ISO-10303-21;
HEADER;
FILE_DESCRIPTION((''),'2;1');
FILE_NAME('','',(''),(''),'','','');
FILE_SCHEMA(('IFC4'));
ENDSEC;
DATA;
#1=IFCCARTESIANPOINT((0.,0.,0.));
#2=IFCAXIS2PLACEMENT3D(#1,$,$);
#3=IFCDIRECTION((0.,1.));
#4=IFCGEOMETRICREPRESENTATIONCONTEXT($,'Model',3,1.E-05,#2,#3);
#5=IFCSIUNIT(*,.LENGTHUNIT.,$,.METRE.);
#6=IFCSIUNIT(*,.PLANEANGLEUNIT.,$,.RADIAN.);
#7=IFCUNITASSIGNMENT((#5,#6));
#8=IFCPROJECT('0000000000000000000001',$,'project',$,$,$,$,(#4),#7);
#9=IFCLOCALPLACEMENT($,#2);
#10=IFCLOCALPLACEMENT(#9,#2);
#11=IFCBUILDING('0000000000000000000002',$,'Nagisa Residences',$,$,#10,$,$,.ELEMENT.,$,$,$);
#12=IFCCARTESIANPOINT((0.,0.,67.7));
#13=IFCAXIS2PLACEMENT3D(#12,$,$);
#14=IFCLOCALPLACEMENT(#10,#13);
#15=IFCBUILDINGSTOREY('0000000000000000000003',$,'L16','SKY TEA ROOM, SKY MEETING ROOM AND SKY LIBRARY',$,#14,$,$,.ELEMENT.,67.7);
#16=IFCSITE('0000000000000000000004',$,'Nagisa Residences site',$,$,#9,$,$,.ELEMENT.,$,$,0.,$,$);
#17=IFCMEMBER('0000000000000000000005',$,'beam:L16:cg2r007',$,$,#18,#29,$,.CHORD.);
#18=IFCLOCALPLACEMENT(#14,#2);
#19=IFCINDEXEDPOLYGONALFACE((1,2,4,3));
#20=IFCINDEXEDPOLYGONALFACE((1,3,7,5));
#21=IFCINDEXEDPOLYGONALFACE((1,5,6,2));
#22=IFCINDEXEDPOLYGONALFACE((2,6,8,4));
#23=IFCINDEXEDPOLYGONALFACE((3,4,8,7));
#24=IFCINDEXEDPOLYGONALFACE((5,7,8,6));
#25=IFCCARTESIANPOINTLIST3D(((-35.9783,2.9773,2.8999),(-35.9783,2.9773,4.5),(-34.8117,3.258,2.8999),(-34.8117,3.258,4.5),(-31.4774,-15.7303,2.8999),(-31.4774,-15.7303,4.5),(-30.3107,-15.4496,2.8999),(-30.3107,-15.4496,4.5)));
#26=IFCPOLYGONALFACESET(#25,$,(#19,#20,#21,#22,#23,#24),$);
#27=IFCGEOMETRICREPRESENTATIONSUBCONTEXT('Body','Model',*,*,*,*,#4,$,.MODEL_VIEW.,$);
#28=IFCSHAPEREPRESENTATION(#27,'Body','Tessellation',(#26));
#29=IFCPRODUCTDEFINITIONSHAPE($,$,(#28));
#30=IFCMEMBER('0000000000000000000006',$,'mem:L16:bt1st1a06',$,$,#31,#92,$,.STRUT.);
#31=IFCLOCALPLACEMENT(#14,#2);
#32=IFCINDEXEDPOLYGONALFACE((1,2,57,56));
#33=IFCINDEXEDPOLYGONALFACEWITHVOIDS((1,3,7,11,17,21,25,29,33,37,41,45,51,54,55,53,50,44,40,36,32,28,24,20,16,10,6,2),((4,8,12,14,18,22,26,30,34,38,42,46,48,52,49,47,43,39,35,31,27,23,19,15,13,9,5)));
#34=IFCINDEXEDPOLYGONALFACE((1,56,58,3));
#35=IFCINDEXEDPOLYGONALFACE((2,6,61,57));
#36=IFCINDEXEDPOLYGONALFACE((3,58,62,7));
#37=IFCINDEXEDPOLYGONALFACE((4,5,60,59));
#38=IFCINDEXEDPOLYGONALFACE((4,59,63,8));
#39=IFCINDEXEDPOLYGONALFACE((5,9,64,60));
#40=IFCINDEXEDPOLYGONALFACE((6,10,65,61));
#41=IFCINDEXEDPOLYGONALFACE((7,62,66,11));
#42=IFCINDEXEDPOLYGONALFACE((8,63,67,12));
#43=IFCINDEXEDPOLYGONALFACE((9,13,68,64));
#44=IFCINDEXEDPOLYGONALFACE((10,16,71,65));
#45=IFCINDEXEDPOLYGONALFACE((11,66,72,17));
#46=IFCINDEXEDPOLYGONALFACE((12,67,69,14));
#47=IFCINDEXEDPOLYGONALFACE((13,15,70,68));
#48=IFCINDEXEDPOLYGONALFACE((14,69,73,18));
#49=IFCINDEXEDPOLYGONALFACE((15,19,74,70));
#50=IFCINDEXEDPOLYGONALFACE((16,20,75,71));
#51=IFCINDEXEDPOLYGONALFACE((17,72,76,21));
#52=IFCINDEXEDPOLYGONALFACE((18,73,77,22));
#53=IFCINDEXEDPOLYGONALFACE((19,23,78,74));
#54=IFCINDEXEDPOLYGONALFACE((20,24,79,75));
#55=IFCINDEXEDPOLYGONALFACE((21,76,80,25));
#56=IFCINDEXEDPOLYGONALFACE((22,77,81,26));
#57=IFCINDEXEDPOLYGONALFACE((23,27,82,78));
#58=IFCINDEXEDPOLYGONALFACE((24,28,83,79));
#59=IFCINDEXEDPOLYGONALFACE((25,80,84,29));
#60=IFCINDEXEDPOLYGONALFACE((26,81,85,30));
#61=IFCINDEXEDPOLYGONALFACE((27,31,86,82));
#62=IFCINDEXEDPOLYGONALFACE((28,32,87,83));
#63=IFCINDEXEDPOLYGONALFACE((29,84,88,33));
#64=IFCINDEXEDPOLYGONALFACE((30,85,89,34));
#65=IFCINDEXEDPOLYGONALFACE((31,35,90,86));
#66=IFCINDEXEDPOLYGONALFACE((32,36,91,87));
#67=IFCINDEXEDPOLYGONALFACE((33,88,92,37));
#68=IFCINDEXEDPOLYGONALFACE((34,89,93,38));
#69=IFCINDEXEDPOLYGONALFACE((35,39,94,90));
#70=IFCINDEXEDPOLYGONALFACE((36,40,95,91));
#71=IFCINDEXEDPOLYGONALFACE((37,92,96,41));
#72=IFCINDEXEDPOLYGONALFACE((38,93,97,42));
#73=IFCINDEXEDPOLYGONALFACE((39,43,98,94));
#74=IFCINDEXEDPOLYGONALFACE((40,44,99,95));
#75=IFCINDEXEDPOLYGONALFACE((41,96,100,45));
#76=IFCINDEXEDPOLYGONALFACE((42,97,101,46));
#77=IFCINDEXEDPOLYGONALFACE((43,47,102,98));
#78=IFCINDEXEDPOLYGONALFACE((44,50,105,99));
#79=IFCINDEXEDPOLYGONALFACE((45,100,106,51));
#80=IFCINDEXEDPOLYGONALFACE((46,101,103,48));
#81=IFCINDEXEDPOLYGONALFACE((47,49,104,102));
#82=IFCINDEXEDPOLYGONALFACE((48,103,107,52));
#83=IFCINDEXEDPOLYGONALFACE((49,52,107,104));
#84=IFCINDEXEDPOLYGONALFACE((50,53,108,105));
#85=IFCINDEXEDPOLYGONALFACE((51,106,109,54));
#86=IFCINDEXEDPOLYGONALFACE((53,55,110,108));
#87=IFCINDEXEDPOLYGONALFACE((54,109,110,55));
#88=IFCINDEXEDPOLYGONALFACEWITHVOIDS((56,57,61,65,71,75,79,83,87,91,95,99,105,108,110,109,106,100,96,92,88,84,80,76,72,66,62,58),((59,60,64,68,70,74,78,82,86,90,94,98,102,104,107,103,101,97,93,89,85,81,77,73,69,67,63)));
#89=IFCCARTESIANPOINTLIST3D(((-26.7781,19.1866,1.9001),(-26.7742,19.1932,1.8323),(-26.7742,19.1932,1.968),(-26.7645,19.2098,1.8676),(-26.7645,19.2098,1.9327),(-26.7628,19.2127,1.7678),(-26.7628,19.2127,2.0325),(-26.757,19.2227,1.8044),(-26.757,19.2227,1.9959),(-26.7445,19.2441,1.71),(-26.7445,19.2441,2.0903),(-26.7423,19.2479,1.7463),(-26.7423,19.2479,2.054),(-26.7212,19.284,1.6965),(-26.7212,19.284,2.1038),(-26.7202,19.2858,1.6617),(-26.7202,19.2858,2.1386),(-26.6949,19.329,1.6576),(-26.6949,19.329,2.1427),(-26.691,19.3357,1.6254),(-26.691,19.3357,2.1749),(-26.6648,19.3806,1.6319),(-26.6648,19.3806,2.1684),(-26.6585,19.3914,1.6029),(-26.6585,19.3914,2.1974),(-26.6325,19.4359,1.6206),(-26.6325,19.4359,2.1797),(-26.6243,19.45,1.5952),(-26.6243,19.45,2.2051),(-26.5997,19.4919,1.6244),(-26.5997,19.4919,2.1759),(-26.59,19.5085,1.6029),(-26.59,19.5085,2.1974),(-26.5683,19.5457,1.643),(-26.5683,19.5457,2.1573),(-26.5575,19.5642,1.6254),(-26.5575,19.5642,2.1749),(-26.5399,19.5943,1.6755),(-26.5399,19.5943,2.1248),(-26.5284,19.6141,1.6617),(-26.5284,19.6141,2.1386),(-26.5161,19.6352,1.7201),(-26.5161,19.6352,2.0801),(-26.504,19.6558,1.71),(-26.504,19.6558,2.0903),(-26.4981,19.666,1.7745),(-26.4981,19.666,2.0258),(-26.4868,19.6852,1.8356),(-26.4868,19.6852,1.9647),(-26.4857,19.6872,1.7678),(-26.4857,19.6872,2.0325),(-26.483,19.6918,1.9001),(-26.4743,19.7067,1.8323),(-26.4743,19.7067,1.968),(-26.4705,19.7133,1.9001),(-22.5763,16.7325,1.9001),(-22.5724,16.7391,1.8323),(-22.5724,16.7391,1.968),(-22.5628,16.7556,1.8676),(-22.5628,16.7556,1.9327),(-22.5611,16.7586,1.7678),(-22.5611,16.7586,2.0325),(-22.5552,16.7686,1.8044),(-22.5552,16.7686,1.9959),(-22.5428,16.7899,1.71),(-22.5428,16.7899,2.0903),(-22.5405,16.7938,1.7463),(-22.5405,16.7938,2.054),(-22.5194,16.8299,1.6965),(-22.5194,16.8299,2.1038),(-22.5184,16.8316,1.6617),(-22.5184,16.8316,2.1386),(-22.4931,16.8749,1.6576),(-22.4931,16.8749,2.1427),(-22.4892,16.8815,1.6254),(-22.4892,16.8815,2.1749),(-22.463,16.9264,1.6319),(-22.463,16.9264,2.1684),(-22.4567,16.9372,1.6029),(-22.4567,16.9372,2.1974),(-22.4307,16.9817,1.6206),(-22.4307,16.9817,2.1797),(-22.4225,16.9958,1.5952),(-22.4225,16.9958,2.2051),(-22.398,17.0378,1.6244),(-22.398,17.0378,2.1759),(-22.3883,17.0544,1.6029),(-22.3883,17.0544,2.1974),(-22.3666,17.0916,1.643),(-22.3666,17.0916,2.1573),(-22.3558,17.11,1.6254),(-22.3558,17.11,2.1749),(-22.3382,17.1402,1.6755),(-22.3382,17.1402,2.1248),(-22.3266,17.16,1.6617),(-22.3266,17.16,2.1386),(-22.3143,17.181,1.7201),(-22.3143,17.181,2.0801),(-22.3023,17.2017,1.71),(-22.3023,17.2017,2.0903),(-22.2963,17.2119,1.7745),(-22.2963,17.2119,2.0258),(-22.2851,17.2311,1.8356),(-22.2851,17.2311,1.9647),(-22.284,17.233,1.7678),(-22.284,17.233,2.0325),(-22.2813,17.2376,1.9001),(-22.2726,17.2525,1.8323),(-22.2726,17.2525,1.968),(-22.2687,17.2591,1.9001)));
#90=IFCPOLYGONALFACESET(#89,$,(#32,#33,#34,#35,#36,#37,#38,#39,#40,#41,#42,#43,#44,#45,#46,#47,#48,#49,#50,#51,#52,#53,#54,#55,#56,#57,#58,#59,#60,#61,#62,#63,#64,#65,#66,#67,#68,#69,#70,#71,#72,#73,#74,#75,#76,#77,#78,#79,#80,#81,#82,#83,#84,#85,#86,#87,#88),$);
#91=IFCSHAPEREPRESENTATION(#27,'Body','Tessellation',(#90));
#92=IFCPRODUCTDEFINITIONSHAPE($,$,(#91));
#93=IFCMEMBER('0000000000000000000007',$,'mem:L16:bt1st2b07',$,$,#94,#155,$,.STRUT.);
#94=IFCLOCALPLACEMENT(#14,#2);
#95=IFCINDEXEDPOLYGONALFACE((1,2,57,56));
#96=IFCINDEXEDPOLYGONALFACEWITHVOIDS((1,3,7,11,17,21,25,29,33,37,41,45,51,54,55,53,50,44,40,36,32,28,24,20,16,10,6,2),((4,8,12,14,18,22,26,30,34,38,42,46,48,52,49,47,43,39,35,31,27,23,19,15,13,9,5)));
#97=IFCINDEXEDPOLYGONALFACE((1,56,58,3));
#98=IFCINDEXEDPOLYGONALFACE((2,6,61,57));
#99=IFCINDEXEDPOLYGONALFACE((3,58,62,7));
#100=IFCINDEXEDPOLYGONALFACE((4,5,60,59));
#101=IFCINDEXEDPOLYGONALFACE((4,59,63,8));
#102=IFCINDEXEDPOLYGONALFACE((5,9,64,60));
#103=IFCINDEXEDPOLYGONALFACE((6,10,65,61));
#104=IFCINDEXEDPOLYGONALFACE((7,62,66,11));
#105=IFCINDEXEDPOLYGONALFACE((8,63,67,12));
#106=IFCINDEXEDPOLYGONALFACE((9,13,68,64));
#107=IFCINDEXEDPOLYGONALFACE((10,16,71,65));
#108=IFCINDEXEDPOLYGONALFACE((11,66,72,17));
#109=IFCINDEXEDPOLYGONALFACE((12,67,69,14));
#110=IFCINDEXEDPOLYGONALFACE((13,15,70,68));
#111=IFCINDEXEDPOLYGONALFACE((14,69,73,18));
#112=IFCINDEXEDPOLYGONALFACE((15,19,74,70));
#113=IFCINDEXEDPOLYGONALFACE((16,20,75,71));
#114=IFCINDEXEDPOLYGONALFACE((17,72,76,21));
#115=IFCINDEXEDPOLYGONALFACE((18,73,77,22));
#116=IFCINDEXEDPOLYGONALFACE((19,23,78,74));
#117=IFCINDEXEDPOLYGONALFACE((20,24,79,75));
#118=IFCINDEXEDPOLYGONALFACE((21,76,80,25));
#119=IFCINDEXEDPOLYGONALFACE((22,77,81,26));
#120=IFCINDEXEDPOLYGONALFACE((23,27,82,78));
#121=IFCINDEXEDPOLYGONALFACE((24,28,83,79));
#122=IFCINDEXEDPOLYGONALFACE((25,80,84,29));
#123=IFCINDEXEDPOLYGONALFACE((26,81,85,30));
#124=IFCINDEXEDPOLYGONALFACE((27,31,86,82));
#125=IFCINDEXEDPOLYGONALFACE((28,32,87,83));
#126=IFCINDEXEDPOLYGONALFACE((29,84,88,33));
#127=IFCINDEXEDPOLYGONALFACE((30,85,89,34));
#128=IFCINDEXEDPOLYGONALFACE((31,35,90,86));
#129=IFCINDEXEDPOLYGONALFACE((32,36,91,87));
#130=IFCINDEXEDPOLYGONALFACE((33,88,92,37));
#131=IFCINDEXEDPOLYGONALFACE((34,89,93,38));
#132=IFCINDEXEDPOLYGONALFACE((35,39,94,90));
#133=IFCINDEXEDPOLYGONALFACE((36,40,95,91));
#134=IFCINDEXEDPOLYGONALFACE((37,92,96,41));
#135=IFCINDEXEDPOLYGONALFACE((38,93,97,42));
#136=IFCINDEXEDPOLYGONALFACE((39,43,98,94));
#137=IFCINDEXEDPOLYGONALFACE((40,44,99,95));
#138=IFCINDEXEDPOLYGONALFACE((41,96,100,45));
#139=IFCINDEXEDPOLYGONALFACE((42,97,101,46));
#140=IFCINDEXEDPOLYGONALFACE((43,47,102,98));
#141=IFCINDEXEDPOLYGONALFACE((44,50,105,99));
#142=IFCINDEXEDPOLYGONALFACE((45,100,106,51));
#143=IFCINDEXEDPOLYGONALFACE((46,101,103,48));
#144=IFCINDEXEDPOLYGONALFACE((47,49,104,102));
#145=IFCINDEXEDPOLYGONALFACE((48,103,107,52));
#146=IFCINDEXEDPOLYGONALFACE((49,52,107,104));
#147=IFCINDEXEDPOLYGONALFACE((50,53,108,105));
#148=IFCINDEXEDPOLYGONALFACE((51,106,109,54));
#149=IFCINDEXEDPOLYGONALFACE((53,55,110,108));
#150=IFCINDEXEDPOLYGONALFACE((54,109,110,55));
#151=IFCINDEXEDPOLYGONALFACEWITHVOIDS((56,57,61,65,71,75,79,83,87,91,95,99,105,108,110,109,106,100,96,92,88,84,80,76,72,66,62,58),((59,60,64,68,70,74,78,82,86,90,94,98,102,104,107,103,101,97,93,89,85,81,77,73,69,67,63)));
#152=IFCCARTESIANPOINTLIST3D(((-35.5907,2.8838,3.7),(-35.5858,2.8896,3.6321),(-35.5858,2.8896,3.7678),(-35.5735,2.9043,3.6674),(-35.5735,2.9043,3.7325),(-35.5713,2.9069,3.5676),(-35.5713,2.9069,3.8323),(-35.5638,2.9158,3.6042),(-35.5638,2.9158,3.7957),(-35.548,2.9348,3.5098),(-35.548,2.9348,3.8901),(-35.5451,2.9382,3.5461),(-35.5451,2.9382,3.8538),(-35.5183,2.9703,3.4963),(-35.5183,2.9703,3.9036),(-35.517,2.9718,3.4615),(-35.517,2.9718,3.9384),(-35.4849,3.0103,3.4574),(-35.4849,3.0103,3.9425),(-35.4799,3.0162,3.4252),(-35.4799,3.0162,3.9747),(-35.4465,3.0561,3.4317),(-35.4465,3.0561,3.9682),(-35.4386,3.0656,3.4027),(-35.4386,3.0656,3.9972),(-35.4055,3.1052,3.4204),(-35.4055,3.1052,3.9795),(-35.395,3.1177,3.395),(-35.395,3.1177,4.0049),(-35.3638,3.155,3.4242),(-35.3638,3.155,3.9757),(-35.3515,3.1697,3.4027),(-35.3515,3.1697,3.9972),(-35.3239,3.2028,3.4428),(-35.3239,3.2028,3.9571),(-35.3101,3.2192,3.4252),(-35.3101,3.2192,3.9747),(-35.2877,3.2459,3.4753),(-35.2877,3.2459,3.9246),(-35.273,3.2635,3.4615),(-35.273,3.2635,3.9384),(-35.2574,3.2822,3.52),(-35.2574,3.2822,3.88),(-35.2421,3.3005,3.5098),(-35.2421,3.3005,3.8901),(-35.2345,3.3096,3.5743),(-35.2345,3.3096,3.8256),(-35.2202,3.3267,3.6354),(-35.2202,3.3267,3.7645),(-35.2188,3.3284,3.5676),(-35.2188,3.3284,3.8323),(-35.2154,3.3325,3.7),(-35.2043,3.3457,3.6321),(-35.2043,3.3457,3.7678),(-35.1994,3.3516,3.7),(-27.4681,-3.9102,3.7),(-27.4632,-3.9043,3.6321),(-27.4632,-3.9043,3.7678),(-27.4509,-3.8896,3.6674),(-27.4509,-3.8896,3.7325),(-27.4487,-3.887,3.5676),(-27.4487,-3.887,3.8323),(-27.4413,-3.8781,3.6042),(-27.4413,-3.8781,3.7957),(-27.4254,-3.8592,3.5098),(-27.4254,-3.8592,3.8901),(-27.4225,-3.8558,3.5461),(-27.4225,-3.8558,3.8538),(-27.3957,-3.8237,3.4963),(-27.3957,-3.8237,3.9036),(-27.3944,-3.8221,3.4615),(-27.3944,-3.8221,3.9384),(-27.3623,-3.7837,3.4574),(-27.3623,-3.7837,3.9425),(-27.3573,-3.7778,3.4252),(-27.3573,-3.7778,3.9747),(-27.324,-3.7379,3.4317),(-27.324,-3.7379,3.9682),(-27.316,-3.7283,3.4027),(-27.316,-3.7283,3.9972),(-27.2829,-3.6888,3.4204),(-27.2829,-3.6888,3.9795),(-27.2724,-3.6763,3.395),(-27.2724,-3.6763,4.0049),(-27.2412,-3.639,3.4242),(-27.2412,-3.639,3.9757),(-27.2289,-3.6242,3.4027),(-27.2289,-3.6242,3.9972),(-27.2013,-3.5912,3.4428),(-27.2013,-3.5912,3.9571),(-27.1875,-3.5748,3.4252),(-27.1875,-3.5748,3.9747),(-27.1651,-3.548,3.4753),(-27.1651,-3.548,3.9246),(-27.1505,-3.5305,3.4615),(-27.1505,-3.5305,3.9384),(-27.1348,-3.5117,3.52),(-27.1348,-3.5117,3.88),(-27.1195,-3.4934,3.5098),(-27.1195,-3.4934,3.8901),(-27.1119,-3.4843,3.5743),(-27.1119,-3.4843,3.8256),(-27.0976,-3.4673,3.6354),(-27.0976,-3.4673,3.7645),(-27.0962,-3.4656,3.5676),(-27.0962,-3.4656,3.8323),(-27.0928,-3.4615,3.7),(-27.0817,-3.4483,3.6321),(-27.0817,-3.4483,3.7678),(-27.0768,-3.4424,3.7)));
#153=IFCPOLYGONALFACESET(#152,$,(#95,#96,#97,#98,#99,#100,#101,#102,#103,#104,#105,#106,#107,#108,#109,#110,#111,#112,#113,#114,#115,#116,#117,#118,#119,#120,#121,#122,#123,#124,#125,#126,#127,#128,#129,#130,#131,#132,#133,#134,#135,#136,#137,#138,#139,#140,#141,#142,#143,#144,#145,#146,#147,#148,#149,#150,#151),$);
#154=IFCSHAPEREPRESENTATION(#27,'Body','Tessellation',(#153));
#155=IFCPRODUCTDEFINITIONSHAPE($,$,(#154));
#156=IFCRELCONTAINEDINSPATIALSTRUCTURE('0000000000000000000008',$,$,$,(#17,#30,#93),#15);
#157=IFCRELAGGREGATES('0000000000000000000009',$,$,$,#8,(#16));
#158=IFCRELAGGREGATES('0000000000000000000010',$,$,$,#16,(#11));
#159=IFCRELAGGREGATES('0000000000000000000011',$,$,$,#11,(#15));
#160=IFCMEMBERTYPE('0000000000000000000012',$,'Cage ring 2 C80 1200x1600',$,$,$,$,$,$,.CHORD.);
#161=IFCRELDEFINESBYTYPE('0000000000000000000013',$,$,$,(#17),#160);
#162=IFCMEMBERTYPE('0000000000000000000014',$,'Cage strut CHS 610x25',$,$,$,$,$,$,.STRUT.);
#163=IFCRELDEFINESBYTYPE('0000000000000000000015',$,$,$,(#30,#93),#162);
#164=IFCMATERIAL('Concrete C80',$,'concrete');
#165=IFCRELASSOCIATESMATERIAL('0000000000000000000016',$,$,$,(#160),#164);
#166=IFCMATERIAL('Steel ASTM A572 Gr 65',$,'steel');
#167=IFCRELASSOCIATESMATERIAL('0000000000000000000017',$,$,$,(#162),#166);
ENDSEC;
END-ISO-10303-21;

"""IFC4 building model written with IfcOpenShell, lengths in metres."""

from ifc_helpers import new_model, si_unit, direction, frame, origin, origin_2d, place, context, subcontext, project, spatial, rectangle, hollow_circle, extrude, material, material_profile, profile_set, type_object, element, save


model = new_model("IFC4")

# Units and contexts
model_context = context("Model", 3, precision=1e-05, world=origin(), true_north=direction((0.0, 1.0)))
body_context = subcontext(model_context, "Body", "Model", "MODEL_VIEW")
ifc_project = project(units=[si_unit("LENGTHUNIT", "METRE"), si_unit("PLANEANGLEUNIT", "RADIAN")], contexts=[model_context])

# Site, building, storey
site_placement = place(None, origin())
site = spatial("IfcSite", under=ifc_project, at=site_placement, Name="Nagisa Residences site", CompositionType="ELEMENT", RefElevation=0.0)
building_placement = place(site_placement, origin())
building = spatial("IfcBuilding", under=site, at=building_placement, Name="Nagisa Residences", CompositionType="ELEMENT")
storey_placement = place(building_placement, frame((0.0, 0.0, 67.7)))
storey = spatial("IfcBuildingStorey", under=building, at=storey_placement, Name="L16", Description="SKY TEA ROOM, SKY MEETING ROOM AND SKY LIBRARY", CompositionType="ELEMENT", Elevation=67.7)

# Members
ifc_material_1 = material(Name="Concrete C80", Category="concrete")
ifc_material_profile_1 = material_profile(ifc_material_1, rectangle(XDim=1.2, YDim=1.6001, at=origin_2d()), Name="C80 1200x1600")
ifc_profile_set_1 = profile_set([ifc_material_profile_1], Name="Concrete C80")
member_type_1 = type_object("IfcMemberType", Name="Cage ring 2 C80 1200x1600", PredefinedType="CHORD", material=ifc_profile_set_1)
member_1_placement = place(storey_placement, frame((-35.395, 3.1177, 3.7), z_axis=(0.233922, -0.972255, 0.0), x_axis=(0.972255, 0.233922, 0.0)))
element("IfcMember", 1, at=member_1_placement, inside=storey, type_object=member_type_1, Name="beam:L16:cg2r007", PredefinedType="CHORD", context=body_context, shape_type="SweptSolid", body=[
    extrude(rectangle(XDim=1.2, YDim=1.6001, at=origin_2d()), origin(), (0.0, 0.0, 1.0), 19.2415),
])
ifc_material_2 = material(Name="Steel ASTM A572 Gr 65", Category="steel")
ifc_material_profile_2 = material_profile(ifc_material_2, hollow_circle(Radius=0.3049, WallThickness=0.0249, at=origin_2d()), Name="CHS 610x25")
ifc_profile_set_2 = profile_set([ifc_material_profile_2], Name="Steel ASTM A572 Gr 65")
member_type_2 = type_object("IfcMemberType", Name="Cage strut CHS 610x25", PredefinedType="STRUT", material=ifc_profile_set_2)
member_2_placement = place(storey_placement, frame((-26.6243, 19.45, 1.9001), z_axis=(0.863499, -0.504351, 0.0), x_axis=(0.504351, 0.863499, 0.0)))
element("IfcMember", 2, at=member_2_placement, inside=storey, type_object=member_type_2, Name="mem:L16:bt1st1a06", PredefinedType="STRUT", context=body_context, shape_type="SweptSolid", body=[
    extrude(hollow_circle(Radius=0.3049, WallThickness=0.0249, at=origin_2d()), origin(), (0.0, 0.0, 1.0), 4.866),
])
member_3_placement = place(storey_placement, frame((-35.395, 3.1177, 3.7), z_axis=(0.767052, -0.641585, 0.0), x_axis=(0.641585, 0.767052, 0.0)))
element("IfcMember", 3, at=member_3_placement, inside=storey, type_object=member_type_2, Name="mem:L16:bt1st2b07", PredefinedType="STRUT", context=body_context, shape_type="SweptSolid", body=[
    extrude(hollow_circle(Radius=0.3049, WallThickness=0.0249, at=origin_2d()), origin(), (0.0, 0.0, 1.0), 10.5894),
])

save(model, "model.ifc")
